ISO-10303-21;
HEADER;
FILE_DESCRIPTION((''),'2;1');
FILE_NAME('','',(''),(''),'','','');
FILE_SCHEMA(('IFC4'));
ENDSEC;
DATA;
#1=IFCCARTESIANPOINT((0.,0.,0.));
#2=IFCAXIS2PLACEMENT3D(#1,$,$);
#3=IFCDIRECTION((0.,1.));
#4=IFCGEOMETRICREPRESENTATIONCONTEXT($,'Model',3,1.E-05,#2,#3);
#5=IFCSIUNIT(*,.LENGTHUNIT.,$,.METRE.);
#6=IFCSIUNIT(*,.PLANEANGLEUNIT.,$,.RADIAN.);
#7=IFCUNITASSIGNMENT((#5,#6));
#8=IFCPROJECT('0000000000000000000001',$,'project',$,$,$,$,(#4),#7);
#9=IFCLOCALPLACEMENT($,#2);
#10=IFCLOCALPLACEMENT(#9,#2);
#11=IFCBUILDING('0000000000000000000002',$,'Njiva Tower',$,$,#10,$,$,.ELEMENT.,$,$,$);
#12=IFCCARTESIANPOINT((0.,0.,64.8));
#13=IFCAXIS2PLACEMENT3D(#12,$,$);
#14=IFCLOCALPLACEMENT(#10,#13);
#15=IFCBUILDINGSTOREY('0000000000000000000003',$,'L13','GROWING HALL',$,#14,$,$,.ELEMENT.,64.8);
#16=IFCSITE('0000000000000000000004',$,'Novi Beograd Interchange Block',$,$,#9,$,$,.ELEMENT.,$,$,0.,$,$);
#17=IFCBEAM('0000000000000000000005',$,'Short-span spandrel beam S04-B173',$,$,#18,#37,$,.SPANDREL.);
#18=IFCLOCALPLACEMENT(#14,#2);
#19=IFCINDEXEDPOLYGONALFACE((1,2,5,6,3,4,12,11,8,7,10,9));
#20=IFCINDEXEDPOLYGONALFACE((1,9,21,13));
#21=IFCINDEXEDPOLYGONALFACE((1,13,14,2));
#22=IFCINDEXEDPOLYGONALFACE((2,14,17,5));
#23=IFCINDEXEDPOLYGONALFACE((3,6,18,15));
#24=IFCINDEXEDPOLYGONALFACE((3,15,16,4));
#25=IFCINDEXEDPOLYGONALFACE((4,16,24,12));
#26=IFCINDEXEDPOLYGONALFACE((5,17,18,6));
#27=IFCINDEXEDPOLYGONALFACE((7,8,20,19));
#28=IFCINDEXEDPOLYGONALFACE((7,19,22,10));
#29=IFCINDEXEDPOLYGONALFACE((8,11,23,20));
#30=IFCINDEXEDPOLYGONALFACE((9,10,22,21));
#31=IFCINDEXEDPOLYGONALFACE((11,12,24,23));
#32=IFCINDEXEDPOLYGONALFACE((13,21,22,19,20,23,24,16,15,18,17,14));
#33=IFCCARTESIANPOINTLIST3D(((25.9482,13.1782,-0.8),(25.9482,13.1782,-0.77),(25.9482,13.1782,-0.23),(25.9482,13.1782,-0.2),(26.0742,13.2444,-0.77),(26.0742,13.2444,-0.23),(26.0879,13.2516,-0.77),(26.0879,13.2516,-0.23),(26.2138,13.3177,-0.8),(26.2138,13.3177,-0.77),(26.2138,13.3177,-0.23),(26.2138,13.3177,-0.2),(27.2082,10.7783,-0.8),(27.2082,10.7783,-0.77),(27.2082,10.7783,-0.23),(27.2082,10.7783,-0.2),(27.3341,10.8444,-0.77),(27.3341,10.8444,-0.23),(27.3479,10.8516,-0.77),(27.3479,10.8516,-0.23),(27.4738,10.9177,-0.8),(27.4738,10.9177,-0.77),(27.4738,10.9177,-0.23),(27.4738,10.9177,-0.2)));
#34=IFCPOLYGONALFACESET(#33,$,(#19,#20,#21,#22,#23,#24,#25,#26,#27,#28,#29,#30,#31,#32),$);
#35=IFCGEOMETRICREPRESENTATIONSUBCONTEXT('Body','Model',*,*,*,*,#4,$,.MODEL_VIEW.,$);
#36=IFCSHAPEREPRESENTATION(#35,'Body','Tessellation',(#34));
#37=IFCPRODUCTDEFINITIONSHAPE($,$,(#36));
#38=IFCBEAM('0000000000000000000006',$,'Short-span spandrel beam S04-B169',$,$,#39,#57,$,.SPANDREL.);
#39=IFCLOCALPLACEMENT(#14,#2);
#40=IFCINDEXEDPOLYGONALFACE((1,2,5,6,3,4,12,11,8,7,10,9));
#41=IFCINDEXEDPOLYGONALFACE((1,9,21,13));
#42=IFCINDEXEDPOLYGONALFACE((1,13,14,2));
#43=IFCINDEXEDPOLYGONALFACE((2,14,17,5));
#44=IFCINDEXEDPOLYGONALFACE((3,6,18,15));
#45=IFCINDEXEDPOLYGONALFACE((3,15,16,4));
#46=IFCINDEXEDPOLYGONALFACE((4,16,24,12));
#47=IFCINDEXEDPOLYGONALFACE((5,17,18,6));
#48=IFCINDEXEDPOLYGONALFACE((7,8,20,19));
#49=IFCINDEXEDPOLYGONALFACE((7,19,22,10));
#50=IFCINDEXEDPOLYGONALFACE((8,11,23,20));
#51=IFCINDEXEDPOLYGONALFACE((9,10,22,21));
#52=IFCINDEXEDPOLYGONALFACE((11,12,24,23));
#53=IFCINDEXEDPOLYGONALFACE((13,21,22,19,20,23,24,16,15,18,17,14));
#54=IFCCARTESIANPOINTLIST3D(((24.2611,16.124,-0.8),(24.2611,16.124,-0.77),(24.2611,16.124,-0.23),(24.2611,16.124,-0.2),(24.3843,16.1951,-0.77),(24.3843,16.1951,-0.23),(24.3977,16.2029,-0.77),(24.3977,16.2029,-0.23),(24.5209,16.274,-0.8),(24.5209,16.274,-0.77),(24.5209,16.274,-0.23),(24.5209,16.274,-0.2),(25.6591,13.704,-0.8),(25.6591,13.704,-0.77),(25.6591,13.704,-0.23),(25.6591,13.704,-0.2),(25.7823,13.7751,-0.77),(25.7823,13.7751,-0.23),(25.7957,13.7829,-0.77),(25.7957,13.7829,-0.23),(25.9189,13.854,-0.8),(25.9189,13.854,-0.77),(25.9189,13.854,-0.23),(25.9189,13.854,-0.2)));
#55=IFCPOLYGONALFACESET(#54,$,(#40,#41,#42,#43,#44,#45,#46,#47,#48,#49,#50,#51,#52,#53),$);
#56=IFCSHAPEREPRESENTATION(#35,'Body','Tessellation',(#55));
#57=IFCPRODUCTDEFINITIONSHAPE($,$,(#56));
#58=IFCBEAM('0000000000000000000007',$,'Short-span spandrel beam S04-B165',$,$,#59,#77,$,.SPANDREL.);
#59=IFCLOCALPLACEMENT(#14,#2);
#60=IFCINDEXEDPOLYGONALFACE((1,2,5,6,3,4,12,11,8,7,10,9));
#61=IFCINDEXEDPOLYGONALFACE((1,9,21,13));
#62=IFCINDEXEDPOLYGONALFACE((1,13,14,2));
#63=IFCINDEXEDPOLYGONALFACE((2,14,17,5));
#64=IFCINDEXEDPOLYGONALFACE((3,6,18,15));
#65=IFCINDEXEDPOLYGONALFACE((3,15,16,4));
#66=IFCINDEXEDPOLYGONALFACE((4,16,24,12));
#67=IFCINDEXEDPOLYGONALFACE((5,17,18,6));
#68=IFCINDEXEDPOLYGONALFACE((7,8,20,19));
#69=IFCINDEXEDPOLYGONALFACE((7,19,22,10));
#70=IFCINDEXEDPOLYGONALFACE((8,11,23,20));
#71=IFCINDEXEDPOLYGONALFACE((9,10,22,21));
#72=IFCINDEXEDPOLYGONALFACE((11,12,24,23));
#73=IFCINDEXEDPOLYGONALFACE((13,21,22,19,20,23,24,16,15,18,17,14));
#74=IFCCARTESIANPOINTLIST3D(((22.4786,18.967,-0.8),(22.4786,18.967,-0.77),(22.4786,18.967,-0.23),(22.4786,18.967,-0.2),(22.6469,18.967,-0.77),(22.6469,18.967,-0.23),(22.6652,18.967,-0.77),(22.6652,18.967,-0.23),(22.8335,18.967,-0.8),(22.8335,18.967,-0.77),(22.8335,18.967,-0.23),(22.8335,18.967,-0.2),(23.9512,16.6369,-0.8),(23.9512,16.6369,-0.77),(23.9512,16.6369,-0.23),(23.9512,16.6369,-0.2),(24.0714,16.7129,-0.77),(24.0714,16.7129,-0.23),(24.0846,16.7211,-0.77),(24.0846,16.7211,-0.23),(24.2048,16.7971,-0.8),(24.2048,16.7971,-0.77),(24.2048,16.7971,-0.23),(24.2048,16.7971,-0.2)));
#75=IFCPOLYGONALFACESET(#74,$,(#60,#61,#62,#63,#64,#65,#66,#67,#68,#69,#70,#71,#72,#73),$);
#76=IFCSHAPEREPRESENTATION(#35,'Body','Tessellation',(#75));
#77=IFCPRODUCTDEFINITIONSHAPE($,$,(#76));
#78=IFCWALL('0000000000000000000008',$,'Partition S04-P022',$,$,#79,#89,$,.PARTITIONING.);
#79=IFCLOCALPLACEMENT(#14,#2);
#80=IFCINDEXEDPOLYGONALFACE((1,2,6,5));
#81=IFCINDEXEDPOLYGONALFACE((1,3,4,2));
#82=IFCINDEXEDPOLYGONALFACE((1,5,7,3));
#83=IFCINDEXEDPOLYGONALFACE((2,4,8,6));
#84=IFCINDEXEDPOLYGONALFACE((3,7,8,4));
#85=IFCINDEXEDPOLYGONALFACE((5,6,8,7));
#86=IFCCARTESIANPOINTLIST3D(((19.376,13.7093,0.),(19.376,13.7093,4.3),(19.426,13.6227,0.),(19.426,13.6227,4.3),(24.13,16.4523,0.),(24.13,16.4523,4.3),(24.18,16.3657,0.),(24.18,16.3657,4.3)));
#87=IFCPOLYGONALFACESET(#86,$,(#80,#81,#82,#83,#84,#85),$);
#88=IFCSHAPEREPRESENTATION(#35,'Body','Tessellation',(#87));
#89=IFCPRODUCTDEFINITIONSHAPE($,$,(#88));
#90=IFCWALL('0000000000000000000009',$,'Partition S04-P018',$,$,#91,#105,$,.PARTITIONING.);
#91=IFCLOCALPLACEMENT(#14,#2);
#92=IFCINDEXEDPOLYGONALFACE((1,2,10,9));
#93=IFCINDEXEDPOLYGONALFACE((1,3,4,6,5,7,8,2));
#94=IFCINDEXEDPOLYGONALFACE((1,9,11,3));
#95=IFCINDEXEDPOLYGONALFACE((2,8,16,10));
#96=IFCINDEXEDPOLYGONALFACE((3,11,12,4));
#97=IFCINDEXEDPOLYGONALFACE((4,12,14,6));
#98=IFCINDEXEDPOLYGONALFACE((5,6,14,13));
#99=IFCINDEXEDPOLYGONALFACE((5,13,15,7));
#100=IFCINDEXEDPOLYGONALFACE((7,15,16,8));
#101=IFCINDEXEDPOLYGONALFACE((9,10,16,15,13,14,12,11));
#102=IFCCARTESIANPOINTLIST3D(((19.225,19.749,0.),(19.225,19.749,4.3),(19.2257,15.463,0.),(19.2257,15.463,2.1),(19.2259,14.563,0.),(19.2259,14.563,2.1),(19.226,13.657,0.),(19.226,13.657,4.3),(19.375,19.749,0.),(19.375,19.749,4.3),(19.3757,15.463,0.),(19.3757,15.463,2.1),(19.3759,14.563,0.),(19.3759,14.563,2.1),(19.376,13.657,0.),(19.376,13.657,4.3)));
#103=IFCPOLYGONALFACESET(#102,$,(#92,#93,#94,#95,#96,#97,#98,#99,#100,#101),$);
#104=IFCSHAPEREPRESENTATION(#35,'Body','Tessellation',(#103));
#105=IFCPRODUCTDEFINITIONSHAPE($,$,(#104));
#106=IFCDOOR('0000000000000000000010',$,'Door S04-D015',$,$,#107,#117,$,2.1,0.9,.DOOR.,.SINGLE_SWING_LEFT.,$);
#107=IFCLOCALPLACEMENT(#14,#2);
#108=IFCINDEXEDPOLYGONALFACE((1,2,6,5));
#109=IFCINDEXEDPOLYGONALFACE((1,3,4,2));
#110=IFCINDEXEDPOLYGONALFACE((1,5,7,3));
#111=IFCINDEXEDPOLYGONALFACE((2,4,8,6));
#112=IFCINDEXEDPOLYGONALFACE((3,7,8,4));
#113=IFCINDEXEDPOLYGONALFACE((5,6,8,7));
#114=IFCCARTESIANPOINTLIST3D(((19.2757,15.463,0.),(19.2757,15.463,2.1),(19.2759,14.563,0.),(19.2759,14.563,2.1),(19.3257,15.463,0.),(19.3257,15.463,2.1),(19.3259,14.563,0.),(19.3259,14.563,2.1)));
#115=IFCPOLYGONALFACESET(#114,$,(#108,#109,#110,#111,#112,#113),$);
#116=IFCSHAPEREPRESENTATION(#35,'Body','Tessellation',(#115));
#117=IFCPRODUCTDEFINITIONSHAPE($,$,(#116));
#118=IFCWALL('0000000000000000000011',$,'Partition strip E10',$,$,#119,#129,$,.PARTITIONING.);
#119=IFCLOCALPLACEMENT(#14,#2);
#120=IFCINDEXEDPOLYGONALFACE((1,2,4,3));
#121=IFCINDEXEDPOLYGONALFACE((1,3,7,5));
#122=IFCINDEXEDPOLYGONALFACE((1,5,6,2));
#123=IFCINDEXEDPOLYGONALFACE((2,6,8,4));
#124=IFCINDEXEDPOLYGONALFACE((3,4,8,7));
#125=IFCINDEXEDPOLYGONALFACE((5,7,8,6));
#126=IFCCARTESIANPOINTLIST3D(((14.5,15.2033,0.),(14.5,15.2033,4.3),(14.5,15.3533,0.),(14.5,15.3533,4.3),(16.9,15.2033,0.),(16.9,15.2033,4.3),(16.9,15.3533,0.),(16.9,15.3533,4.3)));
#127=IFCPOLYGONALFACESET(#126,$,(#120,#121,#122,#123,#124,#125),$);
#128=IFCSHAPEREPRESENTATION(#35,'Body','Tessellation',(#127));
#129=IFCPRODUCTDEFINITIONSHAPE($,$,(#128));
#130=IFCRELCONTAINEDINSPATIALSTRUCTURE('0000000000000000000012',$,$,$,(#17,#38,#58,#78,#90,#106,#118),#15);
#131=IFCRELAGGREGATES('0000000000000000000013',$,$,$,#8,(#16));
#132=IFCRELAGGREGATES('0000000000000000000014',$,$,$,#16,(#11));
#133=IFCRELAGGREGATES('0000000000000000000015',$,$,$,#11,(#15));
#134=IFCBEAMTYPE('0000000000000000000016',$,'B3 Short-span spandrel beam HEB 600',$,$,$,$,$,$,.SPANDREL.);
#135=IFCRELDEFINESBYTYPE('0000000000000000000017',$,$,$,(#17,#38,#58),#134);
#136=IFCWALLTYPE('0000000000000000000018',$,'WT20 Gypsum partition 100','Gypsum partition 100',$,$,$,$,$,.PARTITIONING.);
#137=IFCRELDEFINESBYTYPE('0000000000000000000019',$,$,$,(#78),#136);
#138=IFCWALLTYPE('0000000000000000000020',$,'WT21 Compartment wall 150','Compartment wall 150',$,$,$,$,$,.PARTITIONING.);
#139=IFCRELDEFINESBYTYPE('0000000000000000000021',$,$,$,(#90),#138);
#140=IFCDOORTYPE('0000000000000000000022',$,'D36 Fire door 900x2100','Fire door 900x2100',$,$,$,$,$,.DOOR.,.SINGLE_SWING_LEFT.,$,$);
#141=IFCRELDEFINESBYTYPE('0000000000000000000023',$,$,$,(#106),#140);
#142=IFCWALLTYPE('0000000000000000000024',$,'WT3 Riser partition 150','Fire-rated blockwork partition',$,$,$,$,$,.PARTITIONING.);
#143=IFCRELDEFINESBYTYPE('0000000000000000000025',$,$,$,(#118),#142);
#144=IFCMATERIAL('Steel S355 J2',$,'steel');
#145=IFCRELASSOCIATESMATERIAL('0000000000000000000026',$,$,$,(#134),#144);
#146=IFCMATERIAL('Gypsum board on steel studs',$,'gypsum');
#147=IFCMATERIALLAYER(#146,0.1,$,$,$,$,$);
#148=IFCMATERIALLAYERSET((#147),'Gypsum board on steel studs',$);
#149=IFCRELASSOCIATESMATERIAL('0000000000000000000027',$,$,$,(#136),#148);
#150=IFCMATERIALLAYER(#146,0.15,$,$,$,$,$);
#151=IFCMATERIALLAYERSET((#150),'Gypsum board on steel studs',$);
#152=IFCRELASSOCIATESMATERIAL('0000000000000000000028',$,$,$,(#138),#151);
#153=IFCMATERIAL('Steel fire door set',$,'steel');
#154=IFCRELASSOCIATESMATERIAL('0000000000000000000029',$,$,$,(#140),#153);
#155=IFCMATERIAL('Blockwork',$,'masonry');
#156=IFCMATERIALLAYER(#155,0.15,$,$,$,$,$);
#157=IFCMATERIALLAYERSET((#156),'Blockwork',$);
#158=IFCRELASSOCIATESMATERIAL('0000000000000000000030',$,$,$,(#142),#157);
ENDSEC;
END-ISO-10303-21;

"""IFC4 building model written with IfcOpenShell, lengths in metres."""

from ifc_helpers import new_model, si_unit, direction, frame, frame_2d, origin, origin_2d, place, context, subcontext, project, spatial, rectangle, i_section, extrude, clip, halfspace, material, layer, layer_set, material_profile, profile_set, type_object, element, fill, save


model = new_model("IFC4")

# Units and contexts
model_context = context("Model", 3, precision=1e-05, world=origin(), true_north=direction((0.0, 1.0)))
body_context = subcontext(model_context, "Body", "Model", "MODEL_VIEW")
ifc_project = project(units=[si_unit("LENGTHUNIT", "METRE"), si_unit("PLANEANGLEUNIT", "RADIAN")], contexts=[model_context])

# Site, building, storey
site_placement = place(None, origin())
site = spatial("IfcSite", under=ifc_project, at=site_placement, Name="Novi Beograd Interchange Block", CompositionType="ELEMENT", RefElevation=0.0)
building_placement = place(site_placement, origin())
building = spatial("IfcBuilding", under=site, at=building_placement, Name="Njiva Tower", CompositionType="ELEMENT")
storey_placement = place(building_placement, frame((0.0, 0.0, 64.8)))
storey = spatial("IfcBuildingStorey", under=building, at=storey_placement, Name="L13", Description="GROWING HALL", CompositionType="ELEMENT", Elevation=64.8)

# Shared definitions
ifc_material_1 = material(Name="Steel S355 J2", Category="steel")

# Beams
ifc_material_profile_1 = material_profile(ifc_material_1, i_section(OverallWidth=0.3, OverallDepth=0.6, WebThickness=0.0155, FlangeThickness=0.03, at=origin_2d()), Name="HEB 600")
ifc_profile_set_1 = profile_set([ifc_material_profile_1], Name="Steel S355 J2")
beam_type_1 = type_object("IfcBeamType", Name="B3 Short-span spandrel beam HEB 600", PredefinedType="SPANDREL", material=ifc_profile_set_1)
beam_1_placement = place(storey_placement, frame((27.341, 10.848, -0.5), z_axis=(-0.464834, 0.885398, 0.0), x_axis=(-0.885398, -0.464834, 0.0)))
element("IfcBeam", 1, at=beam_1_placement, inside=storey, type_object=beam_type_1, Name="Short-span spandrel beam S04-B173", PredefinedType="SPANDREL", context=body_context, shape_type="SweptSolid", body=[
    extrude(i_section(OverallWidth=0.3, OverallDepth=0.6, WebThickness=0.0155, FlangeThickness=0.03, at=origin_2d()), origin(), (0.0, 0.0, 1.0), 2.7106),
])
beam_2_placement = place(storey_placement, frame((25.789, 13.779, -0.5), z_axis=(-0.500218, 0.8659, 0.0), x_axis=(-0.8659, -0.500218, 0.0)))
element("IfcBeam", 2, at=beam_2_placement, inside=storey, type_object=beam_type_1, Name="Short-span spandrel beam S04-B169", PredefinedType="SPANDREL", context=body_context, shape_type="SweptSolid", body=[
    extrude(i_section(OverallWidth=0.3, OverallDepth=0.6, WebThickness=0.0155, FlangeThickness=0.03, at=origin_2d()), origin(), (0.0, 0.0, 1.0), 2.7948),
])
beam_3_placement = place(storey_placement, frame((24.078, 16.717, -0.5), z_axis=(-0.534247, 0.845328, 0.0), x_axis=(-0.845328, -0.534247, 0.0)))
element("IfcBeam", 3, at=beam_3_placement, inside=storey, type_object=beam_type_1, Name="Short-span spandrel beam S04-B165", PredefinedType="SPANDREL", context=body_context, shape_type="Clipping", body=[
    clip(extrude(i_section(OverallWidth=0.3, OverallDepth=0.6, WebThickness=0.0155, FlangeThickness=0.03, at=origin_2d()), origin(), (0.0, 0.0, 1.0), 2.7767), halfspace(frame((-0.0265, 0.0, 2.6449), z_axis=(-0.534247, 0.0, 0.845328), x_axis=(0.0, 1.0, 0.0)), False)),
])

# Wall
ifc_material_2 = material(Name="Gypsum board on steel studs", Category="gypsum")
ifc_layer_1 = layer(ifc_material_2, 0.1)
ifc_layer_set_1 = layer_set([ifc_layer_1], Name="Gypsum board on steel studs")
wall_type_1 = type_object("IfcWallType", Name="WT20 Gypsum partition 100", Description="Gypsum partition 100", PredefinedType="PARTITIONING", material=ifc_layer_set_1)
wall_1_placement = place(storey_placement, frame((19.401, 13.666, 0.0), z_axis=(0.0, 0.0, 1.0), x_axis=(0.866161, 0.499765, 0.0)))
element("IfcWall", 4, at=wall_1_placement, inside=storey, type_object=wall_type_1, Name="Partition S04-P022", PredefinedType="PARTITIONING", context=body_context, shape_type="SweptSolid", body=[
    extrude(rectangle(XDim=5.4886, YDim=0.1, at=frame_2d((2.7443, 0.0))), origin(), (0.0, 0.0, 1.0), 4.3),
])

# Wall, opening, door
ifc_layer_2 = layer(ifc_material_2, 0.15)
ifc_layer_set_2 = layer_set([ifc_layer_2], Name="Gypsum board on steel studs")
wall_type_2 = type_object("IfcWallType", Name="WT21 Compartment wall 150", Description="Compartment wall 150", PredefinedType="PARTITIONING", material=ifc_layer_set_2)
wall_2_placement = place(storey_placement, frame((19.3, 19.749, 0.0), z_axis=(0.0, 0.0, 1.0), x_axis=(0.000164, -1.0, 0.0)))
wall_2 = element("IfcWall", 5, at=wall_2_placement, inside=storey, type_object=wall_type_2, Name="Partition S04-P018", PredefinedType="PARTITIONING", context=body_context, shape_type="SweptSolid", body=[
    extrude(rectangle(XDim=6.092, YDim=0.15, at=frame_2d((3.046, 0.0))), origin(), (0.0, 0.0, 1.0), 4.3),
])
opening_1_placement = place(wall_2_placement, frame((4.286, 0.0, 0.0)))
opening_1 = element("IfcOpeningElement", 6, at=opening_1_placement, cuts=wall_2, PredefinedType="OPENING", context=body_context, shape_type="SweptSolid", body=[
    extrude(rectangle(XDim=0.9, YDim=2.1, at=frame_2d((0.45, 1.05))), frame((0.0, 0.085, 0.0), z_axis=(0.0, -1.0, 0.0), x_axis=(1.0, 0.0, 0.0)), (0.0, 0.0, 1.0), 0.17),
])
ifc_material_3 = material(Name="Steel fire door set", Category="steel")
door_type = type_object("IfcDoorType", Name="D36 Fire door 900x2100", Description="Fire door 900x2100", OperationType="SINGLE_SWING_LEFT", PredefinedType="DOOR", material=ifc_material_3)
door_placement = place(opening_1_placement, origin())
door = element("IfcDoor", 7, at=door_placement, inside=storey, type_object=door_type, Name="Door S04-D015", OperationType="SINGLE_SWING_LEFT", OverallHeight=2.1, OverallWidth=0.9, PredefinedType="DOOR", context=body_context, shape_type="SweptSolid", body=[
    extrude(rectangle(XDim=0.9, YDim=2.1, at=frame_2d((0.45, 1.05))), frame((0.0, 0.025, 0.0), z_axis=(0.0, -1.0, 0.0), x_axis=(1.0, 0.0, 0.0)), (0.0, 0.0, 1.0), 0.05),
])
fill(opening_1, door)

# Wall
ifc_material_4 = material(Name="Blockwork", Category="masonry")
ifc_layer_3 = layer(ifc_material_4, 0.15)
ifc_layer_set_3 = layer_set([ifc_layer_3], Name="Blockwork")
wall_type_3 = type_object("IfcWallType", Name="WT3 Riser partition 150", Description="Fire-rated blockwork partition", PredefinedType="PARTITIONING", material=ifc_layer_set_3)
wall_3_placement = place(storey_placement, frame((14.5, 15.2783, 0.0), z_axis=(0.0, 0.0, 1.0), x_axis=(1.0, 0.0, 0.0)))
element("IfcWall", 8, at=wall_3_placement, inside=storey, type_object=wall_type_3, Name="Partition strip E10", PredefinedType="PARTITIONING", context=body_context, shape_type="SweptSolid", body=[
    extrude(rectangle(XDim=2.4, YDim=0.15, at=frame_2d((1.2, 0.0))), origin(), (0.0, 0.0, 1.0), 4.3),
])

save(model, "model.ifc")
